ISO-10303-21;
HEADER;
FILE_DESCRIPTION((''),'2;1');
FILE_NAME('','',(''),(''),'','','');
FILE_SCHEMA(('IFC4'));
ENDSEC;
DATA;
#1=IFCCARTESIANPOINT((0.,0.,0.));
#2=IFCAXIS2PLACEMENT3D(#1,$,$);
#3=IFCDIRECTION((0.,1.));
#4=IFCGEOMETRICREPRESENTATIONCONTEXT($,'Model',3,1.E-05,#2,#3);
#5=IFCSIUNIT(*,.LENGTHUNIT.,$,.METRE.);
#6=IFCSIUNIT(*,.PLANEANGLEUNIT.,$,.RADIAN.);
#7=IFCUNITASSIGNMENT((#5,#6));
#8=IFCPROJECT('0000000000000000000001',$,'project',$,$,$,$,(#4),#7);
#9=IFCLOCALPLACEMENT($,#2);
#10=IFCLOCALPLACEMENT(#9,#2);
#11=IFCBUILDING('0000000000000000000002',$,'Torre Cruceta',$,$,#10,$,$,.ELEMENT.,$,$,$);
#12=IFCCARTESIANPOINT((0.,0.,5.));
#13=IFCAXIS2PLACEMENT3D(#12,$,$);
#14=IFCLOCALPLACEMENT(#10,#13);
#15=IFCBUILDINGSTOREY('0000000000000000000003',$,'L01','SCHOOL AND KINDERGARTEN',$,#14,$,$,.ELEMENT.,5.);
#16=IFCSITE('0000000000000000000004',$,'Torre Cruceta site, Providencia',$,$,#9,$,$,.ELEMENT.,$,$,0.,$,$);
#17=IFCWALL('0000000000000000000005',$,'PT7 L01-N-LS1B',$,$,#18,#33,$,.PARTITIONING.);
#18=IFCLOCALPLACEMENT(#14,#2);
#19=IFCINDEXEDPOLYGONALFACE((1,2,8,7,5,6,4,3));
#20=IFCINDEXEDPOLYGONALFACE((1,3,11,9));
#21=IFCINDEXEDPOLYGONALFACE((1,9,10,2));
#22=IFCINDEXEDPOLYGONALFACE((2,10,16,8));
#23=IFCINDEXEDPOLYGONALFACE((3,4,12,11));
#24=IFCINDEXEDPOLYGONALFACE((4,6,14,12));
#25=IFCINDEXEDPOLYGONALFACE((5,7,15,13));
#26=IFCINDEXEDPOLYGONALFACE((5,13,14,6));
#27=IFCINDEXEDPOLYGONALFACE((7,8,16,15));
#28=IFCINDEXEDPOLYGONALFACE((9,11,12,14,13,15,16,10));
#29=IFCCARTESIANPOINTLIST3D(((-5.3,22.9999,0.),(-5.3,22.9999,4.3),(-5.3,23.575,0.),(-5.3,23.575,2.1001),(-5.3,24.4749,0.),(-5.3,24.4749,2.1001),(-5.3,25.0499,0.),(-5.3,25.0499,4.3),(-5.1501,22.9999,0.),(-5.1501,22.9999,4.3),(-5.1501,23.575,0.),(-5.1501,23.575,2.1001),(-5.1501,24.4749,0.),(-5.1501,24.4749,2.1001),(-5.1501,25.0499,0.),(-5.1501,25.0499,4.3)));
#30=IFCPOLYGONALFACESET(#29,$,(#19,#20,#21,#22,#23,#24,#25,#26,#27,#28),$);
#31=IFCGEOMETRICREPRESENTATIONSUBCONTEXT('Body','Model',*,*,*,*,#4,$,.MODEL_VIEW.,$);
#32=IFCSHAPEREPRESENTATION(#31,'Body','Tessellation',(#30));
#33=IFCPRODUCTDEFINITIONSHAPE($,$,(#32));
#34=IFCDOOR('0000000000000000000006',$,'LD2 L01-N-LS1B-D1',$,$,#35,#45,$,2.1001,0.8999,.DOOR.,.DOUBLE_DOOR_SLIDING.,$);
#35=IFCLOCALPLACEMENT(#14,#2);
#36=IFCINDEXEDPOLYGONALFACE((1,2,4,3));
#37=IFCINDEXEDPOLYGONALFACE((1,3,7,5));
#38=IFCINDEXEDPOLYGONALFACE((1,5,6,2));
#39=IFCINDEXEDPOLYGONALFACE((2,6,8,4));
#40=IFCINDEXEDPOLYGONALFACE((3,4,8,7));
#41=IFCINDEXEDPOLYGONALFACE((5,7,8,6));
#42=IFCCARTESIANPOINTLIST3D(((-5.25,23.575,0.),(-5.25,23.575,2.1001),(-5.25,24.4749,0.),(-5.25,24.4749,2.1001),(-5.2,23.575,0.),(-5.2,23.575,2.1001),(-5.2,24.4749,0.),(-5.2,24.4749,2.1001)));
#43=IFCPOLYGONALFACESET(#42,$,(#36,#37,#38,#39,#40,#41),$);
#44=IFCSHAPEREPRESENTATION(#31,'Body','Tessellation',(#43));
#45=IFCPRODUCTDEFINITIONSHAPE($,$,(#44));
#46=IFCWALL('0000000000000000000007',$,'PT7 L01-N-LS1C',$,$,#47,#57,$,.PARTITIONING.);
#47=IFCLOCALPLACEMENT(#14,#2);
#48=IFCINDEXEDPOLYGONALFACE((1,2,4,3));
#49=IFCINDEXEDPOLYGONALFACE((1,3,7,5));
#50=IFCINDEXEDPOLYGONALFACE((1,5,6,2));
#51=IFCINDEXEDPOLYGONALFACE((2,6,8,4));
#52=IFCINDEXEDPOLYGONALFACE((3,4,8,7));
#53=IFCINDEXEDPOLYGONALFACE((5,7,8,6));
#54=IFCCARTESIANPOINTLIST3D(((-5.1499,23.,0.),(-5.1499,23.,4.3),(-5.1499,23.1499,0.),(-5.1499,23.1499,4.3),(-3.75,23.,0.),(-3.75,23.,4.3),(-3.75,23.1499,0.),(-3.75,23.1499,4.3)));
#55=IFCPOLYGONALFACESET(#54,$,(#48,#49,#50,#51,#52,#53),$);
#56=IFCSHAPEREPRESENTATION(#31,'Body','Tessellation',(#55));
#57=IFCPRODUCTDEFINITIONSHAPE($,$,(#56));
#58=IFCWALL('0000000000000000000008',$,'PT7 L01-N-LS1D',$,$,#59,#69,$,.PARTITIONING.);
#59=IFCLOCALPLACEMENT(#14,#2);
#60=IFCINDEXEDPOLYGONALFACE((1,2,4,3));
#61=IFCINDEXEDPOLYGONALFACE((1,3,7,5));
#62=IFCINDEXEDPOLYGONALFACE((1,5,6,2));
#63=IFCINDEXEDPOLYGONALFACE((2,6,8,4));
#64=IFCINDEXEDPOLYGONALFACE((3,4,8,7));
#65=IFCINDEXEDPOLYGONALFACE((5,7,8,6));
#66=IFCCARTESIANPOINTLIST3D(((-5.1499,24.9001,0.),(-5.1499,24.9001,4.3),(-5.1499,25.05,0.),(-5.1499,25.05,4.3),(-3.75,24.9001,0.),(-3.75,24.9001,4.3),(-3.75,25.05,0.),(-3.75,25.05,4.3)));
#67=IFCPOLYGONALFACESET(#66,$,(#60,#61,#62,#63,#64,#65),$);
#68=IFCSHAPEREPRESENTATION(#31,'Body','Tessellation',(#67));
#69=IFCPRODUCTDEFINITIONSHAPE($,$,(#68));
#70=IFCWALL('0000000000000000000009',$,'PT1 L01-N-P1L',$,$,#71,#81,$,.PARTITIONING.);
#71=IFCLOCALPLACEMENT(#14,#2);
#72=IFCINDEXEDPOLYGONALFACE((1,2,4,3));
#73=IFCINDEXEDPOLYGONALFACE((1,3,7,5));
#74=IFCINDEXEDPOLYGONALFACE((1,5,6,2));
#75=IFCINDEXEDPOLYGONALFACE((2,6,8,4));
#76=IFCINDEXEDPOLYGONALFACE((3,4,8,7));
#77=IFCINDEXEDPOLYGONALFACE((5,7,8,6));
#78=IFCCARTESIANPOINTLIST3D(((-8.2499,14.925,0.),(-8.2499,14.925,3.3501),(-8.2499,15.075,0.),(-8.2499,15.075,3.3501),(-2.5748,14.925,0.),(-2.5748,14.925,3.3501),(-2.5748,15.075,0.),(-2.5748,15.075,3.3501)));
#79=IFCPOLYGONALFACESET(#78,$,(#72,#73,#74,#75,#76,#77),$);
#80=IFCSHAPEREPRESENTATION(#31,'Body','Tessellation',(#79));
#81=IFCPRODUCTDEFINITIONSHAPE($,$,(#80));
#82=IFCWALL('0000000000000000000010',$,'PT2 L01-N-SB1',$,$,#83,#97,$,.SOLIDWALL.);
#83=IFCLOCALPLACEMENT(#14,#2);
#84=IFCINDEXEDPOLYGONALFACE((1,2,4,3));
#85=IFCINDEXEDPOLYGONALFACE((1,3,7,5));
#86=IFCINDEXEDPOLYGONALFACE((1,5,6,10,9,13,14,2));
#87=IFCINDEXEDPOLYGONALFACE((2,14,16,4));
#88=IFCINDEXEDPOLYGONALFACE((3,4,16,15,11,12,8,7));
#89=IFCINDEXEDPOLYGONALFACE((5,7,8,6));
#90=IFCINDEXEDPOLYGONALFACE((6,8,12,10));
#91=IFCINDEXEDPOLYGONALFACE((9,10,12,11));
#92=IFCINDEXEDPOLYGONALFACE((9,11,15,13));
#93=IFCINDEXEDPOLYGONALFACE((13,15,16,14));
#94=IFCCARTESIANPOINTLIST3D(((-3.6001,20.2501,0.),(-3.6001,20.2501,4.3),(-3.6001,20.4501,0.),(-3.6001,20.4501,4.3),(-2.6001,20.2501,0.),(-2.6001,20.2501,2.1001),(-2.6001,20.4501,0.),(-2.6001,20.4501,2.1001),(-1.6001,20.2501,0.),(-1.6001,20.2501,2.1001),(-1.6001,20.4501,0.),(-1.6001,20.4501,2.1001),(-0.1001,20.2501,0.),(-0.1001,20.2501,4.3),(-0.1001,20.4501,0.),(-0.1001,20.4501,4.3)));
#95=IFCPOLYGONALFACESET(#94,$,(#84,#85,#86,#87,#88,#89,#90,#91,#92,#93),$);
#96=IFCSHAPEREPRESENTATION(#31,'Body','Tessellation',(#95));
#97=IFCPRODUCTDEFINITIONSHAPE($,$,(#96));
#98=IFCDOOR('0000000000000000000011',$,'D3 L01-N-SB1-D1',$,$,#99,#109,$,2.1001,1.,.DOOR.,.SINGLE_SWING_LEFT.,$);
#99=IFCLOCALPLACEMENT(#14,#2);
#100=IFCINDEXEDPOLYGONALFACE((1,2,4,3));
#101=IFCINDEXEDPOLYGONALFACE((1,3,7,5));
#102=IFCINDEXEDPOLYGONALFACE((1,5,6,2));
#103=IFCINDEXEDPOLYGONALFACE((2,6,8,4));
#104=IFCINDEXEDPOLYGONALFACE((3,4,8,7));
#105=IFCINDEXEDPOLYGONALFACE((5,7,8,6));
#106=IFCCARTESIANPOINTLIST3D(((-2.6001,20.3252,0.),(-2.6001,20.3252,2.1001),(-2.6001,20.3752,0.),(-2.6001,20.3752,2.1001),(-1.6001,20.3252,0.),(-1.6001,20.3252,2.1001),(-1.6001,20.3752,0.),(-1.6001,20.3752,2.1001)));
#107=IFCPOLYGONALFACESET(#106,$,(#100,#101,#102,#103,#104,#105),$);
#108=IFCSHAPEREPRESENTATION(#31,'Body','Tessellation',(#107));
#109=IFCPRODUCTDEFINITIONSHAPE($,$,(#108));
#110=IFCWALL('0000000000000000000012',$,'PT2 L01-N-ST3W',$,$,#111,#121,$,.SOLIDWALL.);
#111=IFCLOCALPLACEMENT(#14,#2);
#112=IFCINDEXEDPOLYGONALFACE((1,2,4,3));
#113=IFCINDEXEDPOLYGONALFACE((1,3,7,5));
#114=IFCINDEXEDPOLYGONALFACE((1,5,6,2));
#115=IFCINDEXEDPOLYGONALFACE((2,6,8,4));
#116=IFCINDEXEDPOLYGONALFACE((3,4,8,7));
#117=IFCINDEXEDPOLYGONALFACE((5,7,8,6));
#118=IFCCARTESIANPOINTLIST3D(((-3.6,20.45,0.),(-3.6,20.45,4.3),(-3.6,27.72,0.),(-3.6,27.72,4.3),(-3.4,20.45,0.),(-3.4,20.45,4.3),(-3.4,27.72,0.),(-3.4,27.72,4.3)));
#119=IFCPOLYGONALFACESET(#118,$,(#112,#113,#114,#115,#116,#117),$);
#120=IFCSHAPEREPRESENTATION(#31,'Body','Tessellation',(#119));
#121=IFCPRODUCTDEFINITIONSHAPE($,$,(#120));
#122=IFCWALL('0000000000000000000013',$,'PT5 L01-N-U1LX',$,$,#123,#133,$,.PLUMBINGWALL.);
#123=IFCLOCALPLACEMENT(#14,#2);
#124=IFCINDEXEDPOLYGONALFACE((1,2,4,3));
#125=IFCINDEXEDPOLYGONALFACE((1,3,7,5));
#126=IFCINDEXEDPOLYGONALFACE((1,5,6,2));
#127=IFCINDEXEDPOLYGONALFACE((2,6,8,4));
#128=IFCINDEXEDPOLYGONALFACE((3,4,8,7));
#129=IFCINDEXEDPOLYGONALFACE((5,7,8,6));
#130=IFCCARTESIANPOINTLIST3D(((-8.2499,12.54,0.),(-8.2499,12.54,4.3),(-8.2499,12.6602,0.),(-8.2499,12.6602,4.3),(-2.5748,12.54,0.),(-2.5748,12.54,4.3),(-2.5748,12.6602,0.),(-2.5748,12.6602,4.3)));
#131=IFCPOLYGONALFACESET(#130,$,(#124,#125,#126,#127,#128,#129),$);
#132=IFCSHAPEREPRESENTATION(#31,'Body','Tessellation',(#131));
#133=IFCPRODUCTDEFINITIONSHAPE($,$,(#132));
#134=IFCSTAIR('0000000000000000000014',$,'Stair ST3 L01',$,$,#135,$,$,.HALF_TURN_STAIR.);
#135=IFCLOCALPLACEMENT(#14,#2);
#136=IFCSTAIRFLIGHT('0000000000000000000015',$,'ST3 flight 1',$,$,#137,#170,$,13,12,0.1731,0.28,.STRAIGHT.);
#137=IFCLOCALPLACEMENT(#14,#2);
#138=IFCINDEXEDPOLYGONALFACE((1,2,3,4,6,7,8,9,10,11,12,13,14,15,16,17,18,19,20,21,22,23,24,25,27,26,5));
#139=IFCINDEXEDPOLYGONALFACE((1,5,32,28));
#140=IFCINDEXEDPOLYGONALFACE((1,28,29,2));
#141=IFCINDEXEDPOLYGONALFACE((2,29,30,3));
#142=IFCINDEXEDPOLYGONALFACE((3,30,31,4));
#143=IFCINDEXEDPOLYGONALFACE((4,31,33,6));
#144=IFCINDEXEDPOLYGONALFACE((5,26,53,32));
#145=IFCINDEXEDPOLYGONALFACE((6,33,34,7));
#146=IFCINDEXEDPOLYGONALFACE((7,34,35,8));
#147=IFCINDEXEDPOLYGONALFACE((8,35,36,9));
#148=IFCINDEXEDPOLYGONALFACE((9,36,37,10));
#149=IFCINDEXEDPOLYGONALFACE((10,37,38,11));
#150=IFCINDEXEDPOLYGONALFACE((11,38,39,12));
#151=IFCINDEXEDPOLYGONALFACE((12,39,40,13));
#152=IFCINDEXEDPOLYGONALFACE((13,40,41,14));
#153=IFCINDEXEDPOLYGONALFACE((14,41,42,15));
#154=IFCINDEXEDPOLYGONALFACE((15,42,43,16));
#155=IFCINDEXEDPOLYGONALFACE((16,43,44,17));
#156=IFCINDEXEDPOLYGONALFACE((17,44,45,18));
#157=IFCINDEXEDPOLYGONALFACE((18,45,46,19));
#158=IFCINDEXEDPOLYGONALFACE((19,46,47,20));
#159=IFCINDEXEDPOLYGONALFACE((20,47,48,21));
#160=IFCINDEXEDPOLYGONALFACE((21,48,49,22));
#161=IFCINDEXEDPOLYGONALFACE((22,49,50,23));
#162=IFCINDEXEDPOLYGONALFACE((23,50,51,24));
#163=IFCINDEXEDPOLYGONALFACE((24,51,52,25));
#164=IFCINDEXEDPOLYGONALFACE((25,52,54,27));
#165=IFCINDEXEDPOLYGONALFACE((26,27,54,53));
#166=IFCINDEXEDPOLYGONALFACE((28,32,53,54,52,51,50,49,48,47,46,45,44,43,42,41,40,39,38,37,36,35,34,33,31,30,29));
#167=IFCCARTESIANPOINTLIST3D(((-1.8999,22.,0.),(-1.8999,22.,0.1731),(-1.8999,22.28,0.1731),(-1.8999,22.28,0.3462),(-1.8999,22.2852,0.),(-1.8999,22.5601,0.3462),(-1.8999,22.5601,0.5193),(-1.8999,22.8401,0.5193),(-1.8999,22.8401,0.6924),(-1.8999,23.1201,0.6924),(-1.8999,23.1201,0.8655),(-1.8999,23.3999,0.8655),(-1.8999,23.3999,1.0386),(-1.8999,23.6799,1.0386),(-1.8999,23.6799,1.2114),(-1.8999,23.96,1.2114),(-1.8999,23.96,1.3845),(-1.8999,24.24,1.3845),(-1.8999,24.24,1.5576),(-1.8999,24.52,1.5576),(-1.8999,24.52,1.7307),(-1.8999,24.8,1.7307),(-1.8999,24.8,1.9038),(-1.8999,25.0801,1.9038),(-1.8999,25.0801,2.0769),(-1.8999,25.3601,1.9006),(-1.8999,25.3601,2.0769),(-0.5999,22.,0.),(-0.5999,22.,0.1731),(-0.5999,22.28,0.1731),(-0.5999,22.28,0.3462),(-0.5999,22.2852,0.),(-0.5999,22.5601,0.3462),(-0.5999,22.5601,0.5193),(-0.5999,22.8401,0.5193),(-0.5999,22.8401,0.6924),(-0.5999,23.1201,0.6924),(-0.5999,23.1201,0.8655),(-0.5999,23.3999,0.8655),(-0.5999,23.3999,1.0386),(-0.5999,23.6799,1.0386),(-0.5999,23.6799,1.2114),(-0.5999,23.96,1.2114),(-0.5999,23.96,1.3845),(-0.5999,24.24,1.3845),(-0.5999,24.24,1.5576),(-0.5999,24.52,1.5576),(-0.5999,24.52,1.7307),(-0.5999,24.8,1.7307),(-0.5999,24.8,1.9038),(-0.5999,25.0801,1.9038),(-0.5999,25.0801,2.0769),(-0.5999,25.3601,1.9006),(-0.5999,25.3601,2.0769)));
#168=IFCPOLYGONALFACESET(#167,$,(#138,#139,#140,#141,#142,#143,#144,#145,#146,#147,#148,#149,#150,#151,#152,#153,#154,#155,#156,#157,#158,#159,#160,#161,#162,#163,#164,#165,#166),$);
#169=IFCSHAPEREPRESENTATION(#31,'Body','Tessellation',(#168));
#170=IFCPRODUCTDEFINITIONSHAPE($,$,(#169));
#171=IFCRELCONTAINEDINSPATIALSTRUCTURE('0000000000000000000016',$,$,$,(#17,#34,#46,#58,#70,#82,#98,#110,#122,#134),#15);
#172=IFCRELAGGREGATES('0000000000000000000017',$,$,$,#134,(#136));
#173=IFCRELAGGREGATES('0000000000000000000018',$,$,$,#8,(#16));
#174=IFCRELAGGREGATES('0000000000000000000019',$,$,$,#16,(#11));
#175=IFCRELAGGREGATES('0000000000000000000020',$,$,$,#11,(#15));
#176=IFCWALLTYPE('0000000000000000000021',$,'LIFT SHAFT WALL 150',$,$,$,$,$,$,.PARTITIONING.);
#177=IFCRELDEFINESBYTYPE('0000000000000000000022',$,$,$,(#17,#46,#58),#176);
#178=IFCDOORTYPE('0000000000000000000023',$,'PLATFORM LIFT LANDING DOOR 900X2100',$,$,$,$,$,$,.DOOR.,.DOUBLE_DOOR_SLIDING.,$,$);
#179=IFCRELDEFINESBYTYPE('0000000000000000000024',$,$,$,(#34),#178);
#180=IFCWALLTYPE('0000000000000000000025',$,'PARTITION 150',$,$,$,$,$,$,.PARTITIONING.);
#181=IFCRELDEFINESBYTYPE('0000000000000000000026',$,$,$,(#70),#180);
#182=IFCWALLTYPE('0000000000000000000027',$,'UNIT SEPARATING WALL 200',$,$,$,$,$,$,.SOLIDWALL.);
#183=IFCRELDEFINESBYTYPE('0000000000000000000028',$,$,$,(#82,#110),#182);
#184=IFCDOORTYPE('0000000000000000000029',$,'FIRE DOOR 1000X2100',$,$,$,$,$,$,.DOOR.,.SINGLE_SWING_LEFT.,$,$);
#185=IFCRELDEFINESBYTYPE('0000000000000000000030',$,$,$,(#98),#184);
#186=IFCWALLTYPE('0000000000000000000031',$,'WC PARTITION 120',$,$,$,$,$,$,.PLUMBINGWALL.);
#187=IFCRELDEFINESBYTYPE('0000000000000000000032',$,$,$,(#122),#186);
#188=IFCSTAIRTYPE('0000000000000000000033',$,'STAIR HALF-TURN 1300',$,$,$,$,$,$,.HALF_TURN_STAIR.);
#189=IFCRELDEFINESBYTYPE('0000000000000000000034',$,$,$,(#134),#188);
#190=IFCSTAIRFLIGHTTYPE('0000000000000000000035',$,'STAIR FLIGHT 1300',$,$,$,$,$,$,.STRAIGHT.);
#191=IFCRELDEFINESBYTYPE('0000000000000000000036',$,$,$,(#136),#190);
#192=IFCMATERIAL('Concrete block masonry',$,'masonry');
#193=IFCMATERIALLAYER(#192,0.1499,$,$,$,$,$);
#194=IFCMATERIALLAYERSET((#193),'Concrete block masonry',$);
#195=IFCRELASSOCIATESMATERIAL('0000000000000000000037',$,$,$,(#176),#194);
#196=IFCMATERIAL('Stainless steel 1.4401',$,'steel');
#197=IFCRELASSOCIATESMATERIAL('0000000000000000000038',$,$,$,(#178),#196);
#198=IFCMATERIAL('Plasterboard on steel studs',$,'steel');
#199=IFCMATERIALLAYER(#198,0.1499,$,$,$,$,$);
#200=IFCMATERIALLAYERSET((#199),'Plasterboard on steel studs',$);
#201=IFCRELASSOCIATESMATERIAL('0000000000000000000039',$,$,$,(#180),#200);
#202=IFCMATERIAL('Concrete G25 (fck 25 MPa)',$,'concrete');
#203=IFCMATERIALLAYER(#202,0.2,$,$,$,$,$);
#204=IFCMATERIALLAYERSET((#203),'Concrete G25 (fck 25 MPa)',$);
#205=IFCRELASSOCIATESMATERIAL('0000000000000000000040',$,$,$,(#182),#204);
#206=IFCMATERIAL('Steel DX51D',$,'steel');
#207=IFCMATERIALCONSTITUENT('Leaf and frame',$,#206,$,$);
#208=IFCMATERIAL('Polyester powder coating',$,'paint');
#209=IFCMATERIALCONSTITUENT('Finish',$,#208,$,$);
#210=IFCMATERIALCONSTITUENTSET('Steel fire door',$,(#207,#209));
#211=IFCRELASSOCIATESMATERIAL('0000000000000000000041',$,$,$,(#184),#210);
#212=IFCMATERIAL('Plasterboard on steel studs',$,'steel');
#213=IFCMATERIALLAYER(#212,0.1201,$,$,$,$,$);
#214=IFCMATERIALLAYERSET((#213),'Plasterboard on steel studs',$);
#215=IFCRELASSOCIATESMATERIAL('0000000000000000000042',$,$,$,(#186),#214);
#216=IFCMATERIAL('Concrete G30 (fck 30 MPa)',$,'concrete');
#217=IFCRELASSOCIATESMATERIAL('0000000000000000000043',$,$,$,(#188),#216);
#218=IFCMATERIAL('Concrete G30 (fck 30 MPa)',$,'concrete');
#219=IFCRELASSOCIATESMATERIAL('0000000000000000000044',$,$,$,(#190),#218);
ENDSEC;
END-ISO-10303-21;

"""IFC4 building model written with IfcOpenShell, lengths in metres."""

from ifc_helpers import new_model, si_unit, direction, frame, frame_2d, origin, place, context, subcontext, project, spatial, polyline, rectangle, outline, extrude, material, layer, layer_set, constituent, constituent_set, type_object, element, fill, aggregate, save


model = new_model("IFC4")

# Units and contexts
model_context = context("Model", 3, precision=1e-05, world=origin(), true_north=direction((0.0, 1.0)))
body_context = subcontext(model_context, "Body", "Model", "MODEL_VIEW")
ifc_project = project(units=[si_unit("LENGTHUNIT", "METRE"), si_unit("PLANEANGLEUNIT", "RADIAN")], contexts=[model_context])

# Site, building, storey
site_placement = place(None, origin())
site = spatial("IfcSite", under=ifc_project, at=site_placement, Name="Torre Cruceta site, Providencia", CompositionType="ELEMENT", RefElevation=0.0)
building_placement = place(site_placement, origin())
building = spatial("IfcBuilding", under=site, at=building_placement, Name="Torre Cruceta", CompositionType="ELEMENT")
storey_placement = place(building_placement, frame((0.0, 0.0, 5.0)))
storey = spatial("IfcBuildingStorey", under=building, at=storey_placement, Name="L01", Description="SCHOOL AND KINDERGARTEN", CompositionType="ELEMENT", Elevation=5.0)

# Shared definitions
ifc_material_1 = material(Name="Concrete block masonry", Category="masonry")
ifc_layer_1 = layer(ifc_material_1, 0.1499)
ifc_layer_set_1 = layer_set([ifc_layer_1], Name="Concrete block masonry")
wall_type_1 = type_object("IfcWallType", Name="LIFT SHAFT WALL 150", PredefinedType="PARTITIONING", material=ifc_layer_set_1)

# Wall, opening, door
wall_1_placement = place(storey_placement, frame((-5.2251, 23.0, 0.0), z_axis=(0.0, 0.0, 1.0), x_axis=(0.0, 1.0, 0.0)))
wall_1 = element("IfcWall", 1, at=wall_1_placement, inside=storey, type_object=wall_type_1, Name="PT7 L01-N-LS1B", PredefinedType="PARTITIONING", context=body_context, shape_type="SweptSolid", body=[
    extrude(rectangle(XDim=2.05, YDim=0.1499, at=frame_2d((1.0249, 0.0))), origin(), (0.0, 0.0, 1.0), 4.3),
])
opening_1_placement = place(wall_1_placement, frame((0.575, 0.0, 0.0)))
opening_1 = element("IfcOpeningElement", 2, at=opening_1_placement, cuts=wall_1, PredefinedType="OPENING", context=body_context, shape_type="SweptSolid", body=[
    extrude(rectangle(XDim=0.8999, YDim=2.1001, at=frame_2d((0.45, 1.05))), frame((0.0, 0.085, 0.0), z_axis=(0.0, -1.0, 0.0), x_axis=(1.0, 0.0, 0.0)), (0.0, 0.0, 1.0), 0.1699),
])
ifc_material_2 = material(Name="Stainless steel 1.4401", Category="steel")
door_type_1 = type_object("IfcDoorType", Name="PLATFORM LIFT LANDING DOOR 900X2100", OperationType="DOUBLE_DOOR_SLIDING", PredefinedType="DOOR", material=ifc_material_2)
door_1_placement = place(opening_1_placement, origin())
door_1 = element("IfcDoor", 3, at=door_1_placement, inside=storey, type_object=door_type_1, Name="LD2 L01-N-LS1B-D1", OperationType="DOUBLE_DOOR_SLIDING", OverallHeight=2.1001, OverallWidth=0.8999, PredefinedType="DOOR", context=body_context, shape_type="SweptSolid", body=[
    extrude(rectangle(XDim=0.8999, YDim=2.1001, at=frame_2d((0.45, 1.05))), frame((0.0, 0.0249, 0.0), z_axis=(0.0, -1.0, 0.0), x_axis=(1.0, 0.0, 0.0)), (0.0, 0.0, 1.0), 0.05),
])
fill(opening_1, door_1)

# Walls
for number, where, z_axis, x_axis, name in (
    (4, (-3.75, 23.075, 0.0), (0.0, 0.0, 1.0), (-1.0, 0.0, 0.0), "PT7 L01-N-LS1C"),
    (5, (-3.75, 24.9751, 0.0), (0.0, 0.0, 1.0), (-1.0, 0.0, 0.0), "PT7 L01-N-LS1D"),
):
    element("IfcWall", number, at=place(storey_placement, frame(where, z_axis=z_axis, x_axis=x_axis)), inside=storey, type_object=wall_type_1, Name=name, PredefinedType="PARTITIONING", context=body_context, shape_type="SweptSolid", body=[
        extrude(rectangle(XDim=1.3999, YDim=0.1499, at=frame_2d((0.7, 0.0))), origin(), (0.0, 0.0, 1.0), 4.3),
    ])
ifc_material_3 = material(Name="Plasterboard on steel studs", Category="steel")
ifc_layer_2 = layer(ifc_material_3, 0.1499)
ifc_layer_set_2 = layer_set([ifc_layer_2], Name="Plasterboard on steel studs")
wall_type_2 = type_object("IfcWallType", Name="PARTITION 150", PredefinedType="PARTITIONING", material=ifc_layer_set_2)
wall_2_placement = place(storey_placement, frame((-2.575, 15.0, 0.0), z_axis=(0.0, 0.0, 1.0), x_axis=(-1.0, 0.0, 0.0)))
element("IfcWall", 6, at=wall_2_placement, inside=storey, type_object=wall_type_2, Name="PT1 L01-N-P1L", PredefinedType="PARTITIONING", context=body_context, shape_type="SweptSolid", body=[
    extrude(rectangle(XDim=5.675, YDim=0.1499, at=frame_2d((2.8374, 0.0))), origin(), (0.0, 0.0, 1.0), 3.3501),
])

# Wall, opening, door
ifc_material_4 = material(Name="Concrete G25 (fck 25 MPa)", Category="concrete")
ifc_layer_3 = layer(ifc_material_4, 0.2)
ifc_layer_set_3 = layer_set([ifc_layer_3], Name="Concrete G25 (fck 25 MPa)")
wall_type_3 = type_object("IfcWallType", Name="UNIT SEPARATING WALL 200", PredefinedType="SOLIDWALL", material=ifc_layer_set_3)
wall_3_placement = place(storey_placement, frame((-0.1001, 20.3501, 0.0), z_axis=(0.0, 0.0, 1.0), x_axis=(-1.0, 0.0, 0.0)))
wall_3 = element("IfcWall", 7, at=wall_3_placement, inside=storey, type_object=wall_type_3, Name="PT2 L01-N-SB1", PredefinedType="SOLIDWALL", context=body_context, shape_type="SweptSolid", body=[
    extrude(rectangle(XDim=3.5, YDim=0.2, at=frame_2d((1.75, 0.0))), origin(), (0.0, 0.0, 1.0), 4.3),
])
opening_2_placement = place(wall_3_placement, frame((1.5, 0.0, 0.0)))
opening_2 = element("IfcOpeningElement", 8, at=opening_2_placement, cuts=wall_3, PredefinedType="OPENING", context=body_context, shape_type="SweptSolid", body=[
    extrude(rectangle(XDim=1.0, YDim=2.1001, at=frame_2d((0.5, 1.05))), frame((0.0, 0.1099, 0.0), z_axis=(0.0, -1.0, 0.0), x_axis=(1.0, 0.0, 0.0)), (0.0, 0.0, 1.0), 0.22),
])
ifc_material_5 = material(Name="Steel DX51D", Category="steel")
ifc_constituent_1 = constituent(ifc_material_5, Name="Leaf and frame")
ifc_material_6 = material(Name="Polyester powder coating", Category="paint")
ifc_constituent_2 = constituent(ifc_material_6, Name="Finish")
ifc_constituent_set_1 = constituent_set(constituents=[ifc_constituent_1, ifc_constituent_2], Name="Steel fire door")
door_type_2 = type_object("IfcDoorType", Name="FIRE DOOR 1000X2100", OperationType="SINGLE_SWING_LEFT", PredefinedType="DOOR", material=ifc_constituent_set_1)
door_2_placement = place(opening_2_placement, frame((1.0, 0.0, 0.0), z_axis=(0.0, 0.0, 1.0), x_axis=(-1.0, 0.0, 0.0)))
door_2 = element("IfcDoor", 9, at=door_2_placement, inside=storey, type_object=door_type_2, Name="D3 L01-N-SB1-D1", OperationType="SINGLE_SWING_LEFT", OverallHeight=2.1001, OverallWidth=1.0, PredefinedType="DOOR", context=body_context, shape_type="SweptSolid", body=[
    extrude(rectangle(XDim=1.0, YDim=2.1001, at=frame_2d((0.5, 1.05))), frame((0.0, 0.0251, 0.0), z_axis=(0.0, -1.0, 0.0), x_axis=(1.0, 0.0, 0.0)), (0.0, 0.0, 1.0), 0.05),
])
fill(opening_2, door_2)

# Walls
wall_4_placement = place(storey_placement, frame((-3.5, 20.45, 0.0), z_axis=(0.0, 0.0, 1.0), x_axis=(0.0, 1.0, 0.0)))
element("IfcWall", 10, at=wall_4_placement, inside=storey, type_object=wall_type_3, Name="PT2 L01-N-ST3W", PredefinedType="SOLIDWALL", context=body_context, shape_type="SweptSolid", body=[
    extrude(rectangle(XDim=7.27, YDim=0.2, at=frame_2d((3.635, 0.0))), origin(), (0.0, 0.0, 1.0), 4.3),
])
ifc_material_7 = material(Name="Plasterboard on steel studs", Category="steel")
ifc_layer_4 = layer(ifc_material_7, 0.1201)
ifc_layer_set_4 = layer_set([ifc_layer_4], Name="Plasterboard on steel studs")
wall_type_4 = type_object("IfcWallType", Name="WC PARTITION 120", PredefinedType="PLUMBINGWALL", material=ifc_layer_set_4)
wall_5_placement = place(storey_placement, frame((-2.575, 12.6001, 0.0), z_axis=(0.0, 0.0, 1.0), x_axis=(-1.0, 0.0, 0.0)))
element("IfcWall", 11, at=wall_5_placement, inside=storey, type_object=wall_type_4, Name="PT5 L01-N-U1LX", PredefinedType="PLUMBINGWALL", context=body_context, shape_type="SweptSolid", body=[
    extrude(rectangle(XDim=5.675, YDim=0.1201, at=frame_2d((2.8374, 0.0))), origin(), (0.0, 0.0, 1.0), 4.3),
])

# Stair, stair flight
ifc_material_8 = material(Name="Concrete G30 (fck 30 MPa)", Category="concrete")
stair_type = type_object("IfcStairType", Name="STAIR HALF-TURN 1300", PredefinedType="HALF_TURN_STAIR", material=ifc_material_8)
stair_placement = place(storey_placement, origin())
stair = element("IfcStair", 12, at=stair_placement, inside=storey, type_object=stair_type, Name="Stair ST3 L01", PredefinedType="HALF_TURN_STAIR")
ifc_material_9 = material(Name="Concrete G30 (fck 30 MPa)", Category="concrete")
stair_flight_type = type_object("IfcStairFlightType", Name="STAIR FLIGHT 1300", PredefinedType="STRAIGHT", material=ifc_material_9)
stair_flight_1_placement = place(storey_placement, frame((-1.25, 22.0, 0.0), z_axis=(0.0, 0.0, 1.0), x_axis=(0.0, 1.0, 0.0)))
stair_flight_1 = element("IfcStairFlight", 13, at=stair_flight_1_placement, type_object=stair_flight_type, Name="ST3 flight 1", NumberOfRisers=13, NumberOfTreads=12, PredefinedType="STRAIGHT", RiserHeight=0.1731, TreadLength=0.28, context=body_context, shape_type="SweptSolid", body=[
    extrude(outline(polyline([(0.0, 0.0), (0.0, 0.1731), (0.28, 0.1731), (0.28, 0.3462), (0.5601, 0.3462), (0.5601, 0.5193), (0.8401, 0.5193), (0.8401, 0.6924), (1.1201, 0.6924), (1.1201, 0.8655), (1.3999, 0.8655), (1.3999, 1.0386), (1.6799, 1.0386), (1.6799, 1.2114), (1.96, 1.2114), (1.96, 1.3845), (2.24, 1.3845), (2.24, 1.5576), (2.52, 1.5576), (2.52, 1.7307), (2.8, 1.7307), (2.8, 1.9038), (3.0801, 1.9038), (3.0801, 2.0769), (3.3601, 2.0769), (3.3601, 2.25), (3.3601, 1.9006), (0.2852, 0.0), (0.0, 0.0)])), frame((0.0, 0.6499, 0.0), z_axis=(0.0, -1.0, 0.0), x_axis=(1.0, 0.0, 0.0)), (0.0, 0.0, 1.0), 1.3),
])
aggregate(stair, [stair_flight_1])

save(model, "model.ifc")
